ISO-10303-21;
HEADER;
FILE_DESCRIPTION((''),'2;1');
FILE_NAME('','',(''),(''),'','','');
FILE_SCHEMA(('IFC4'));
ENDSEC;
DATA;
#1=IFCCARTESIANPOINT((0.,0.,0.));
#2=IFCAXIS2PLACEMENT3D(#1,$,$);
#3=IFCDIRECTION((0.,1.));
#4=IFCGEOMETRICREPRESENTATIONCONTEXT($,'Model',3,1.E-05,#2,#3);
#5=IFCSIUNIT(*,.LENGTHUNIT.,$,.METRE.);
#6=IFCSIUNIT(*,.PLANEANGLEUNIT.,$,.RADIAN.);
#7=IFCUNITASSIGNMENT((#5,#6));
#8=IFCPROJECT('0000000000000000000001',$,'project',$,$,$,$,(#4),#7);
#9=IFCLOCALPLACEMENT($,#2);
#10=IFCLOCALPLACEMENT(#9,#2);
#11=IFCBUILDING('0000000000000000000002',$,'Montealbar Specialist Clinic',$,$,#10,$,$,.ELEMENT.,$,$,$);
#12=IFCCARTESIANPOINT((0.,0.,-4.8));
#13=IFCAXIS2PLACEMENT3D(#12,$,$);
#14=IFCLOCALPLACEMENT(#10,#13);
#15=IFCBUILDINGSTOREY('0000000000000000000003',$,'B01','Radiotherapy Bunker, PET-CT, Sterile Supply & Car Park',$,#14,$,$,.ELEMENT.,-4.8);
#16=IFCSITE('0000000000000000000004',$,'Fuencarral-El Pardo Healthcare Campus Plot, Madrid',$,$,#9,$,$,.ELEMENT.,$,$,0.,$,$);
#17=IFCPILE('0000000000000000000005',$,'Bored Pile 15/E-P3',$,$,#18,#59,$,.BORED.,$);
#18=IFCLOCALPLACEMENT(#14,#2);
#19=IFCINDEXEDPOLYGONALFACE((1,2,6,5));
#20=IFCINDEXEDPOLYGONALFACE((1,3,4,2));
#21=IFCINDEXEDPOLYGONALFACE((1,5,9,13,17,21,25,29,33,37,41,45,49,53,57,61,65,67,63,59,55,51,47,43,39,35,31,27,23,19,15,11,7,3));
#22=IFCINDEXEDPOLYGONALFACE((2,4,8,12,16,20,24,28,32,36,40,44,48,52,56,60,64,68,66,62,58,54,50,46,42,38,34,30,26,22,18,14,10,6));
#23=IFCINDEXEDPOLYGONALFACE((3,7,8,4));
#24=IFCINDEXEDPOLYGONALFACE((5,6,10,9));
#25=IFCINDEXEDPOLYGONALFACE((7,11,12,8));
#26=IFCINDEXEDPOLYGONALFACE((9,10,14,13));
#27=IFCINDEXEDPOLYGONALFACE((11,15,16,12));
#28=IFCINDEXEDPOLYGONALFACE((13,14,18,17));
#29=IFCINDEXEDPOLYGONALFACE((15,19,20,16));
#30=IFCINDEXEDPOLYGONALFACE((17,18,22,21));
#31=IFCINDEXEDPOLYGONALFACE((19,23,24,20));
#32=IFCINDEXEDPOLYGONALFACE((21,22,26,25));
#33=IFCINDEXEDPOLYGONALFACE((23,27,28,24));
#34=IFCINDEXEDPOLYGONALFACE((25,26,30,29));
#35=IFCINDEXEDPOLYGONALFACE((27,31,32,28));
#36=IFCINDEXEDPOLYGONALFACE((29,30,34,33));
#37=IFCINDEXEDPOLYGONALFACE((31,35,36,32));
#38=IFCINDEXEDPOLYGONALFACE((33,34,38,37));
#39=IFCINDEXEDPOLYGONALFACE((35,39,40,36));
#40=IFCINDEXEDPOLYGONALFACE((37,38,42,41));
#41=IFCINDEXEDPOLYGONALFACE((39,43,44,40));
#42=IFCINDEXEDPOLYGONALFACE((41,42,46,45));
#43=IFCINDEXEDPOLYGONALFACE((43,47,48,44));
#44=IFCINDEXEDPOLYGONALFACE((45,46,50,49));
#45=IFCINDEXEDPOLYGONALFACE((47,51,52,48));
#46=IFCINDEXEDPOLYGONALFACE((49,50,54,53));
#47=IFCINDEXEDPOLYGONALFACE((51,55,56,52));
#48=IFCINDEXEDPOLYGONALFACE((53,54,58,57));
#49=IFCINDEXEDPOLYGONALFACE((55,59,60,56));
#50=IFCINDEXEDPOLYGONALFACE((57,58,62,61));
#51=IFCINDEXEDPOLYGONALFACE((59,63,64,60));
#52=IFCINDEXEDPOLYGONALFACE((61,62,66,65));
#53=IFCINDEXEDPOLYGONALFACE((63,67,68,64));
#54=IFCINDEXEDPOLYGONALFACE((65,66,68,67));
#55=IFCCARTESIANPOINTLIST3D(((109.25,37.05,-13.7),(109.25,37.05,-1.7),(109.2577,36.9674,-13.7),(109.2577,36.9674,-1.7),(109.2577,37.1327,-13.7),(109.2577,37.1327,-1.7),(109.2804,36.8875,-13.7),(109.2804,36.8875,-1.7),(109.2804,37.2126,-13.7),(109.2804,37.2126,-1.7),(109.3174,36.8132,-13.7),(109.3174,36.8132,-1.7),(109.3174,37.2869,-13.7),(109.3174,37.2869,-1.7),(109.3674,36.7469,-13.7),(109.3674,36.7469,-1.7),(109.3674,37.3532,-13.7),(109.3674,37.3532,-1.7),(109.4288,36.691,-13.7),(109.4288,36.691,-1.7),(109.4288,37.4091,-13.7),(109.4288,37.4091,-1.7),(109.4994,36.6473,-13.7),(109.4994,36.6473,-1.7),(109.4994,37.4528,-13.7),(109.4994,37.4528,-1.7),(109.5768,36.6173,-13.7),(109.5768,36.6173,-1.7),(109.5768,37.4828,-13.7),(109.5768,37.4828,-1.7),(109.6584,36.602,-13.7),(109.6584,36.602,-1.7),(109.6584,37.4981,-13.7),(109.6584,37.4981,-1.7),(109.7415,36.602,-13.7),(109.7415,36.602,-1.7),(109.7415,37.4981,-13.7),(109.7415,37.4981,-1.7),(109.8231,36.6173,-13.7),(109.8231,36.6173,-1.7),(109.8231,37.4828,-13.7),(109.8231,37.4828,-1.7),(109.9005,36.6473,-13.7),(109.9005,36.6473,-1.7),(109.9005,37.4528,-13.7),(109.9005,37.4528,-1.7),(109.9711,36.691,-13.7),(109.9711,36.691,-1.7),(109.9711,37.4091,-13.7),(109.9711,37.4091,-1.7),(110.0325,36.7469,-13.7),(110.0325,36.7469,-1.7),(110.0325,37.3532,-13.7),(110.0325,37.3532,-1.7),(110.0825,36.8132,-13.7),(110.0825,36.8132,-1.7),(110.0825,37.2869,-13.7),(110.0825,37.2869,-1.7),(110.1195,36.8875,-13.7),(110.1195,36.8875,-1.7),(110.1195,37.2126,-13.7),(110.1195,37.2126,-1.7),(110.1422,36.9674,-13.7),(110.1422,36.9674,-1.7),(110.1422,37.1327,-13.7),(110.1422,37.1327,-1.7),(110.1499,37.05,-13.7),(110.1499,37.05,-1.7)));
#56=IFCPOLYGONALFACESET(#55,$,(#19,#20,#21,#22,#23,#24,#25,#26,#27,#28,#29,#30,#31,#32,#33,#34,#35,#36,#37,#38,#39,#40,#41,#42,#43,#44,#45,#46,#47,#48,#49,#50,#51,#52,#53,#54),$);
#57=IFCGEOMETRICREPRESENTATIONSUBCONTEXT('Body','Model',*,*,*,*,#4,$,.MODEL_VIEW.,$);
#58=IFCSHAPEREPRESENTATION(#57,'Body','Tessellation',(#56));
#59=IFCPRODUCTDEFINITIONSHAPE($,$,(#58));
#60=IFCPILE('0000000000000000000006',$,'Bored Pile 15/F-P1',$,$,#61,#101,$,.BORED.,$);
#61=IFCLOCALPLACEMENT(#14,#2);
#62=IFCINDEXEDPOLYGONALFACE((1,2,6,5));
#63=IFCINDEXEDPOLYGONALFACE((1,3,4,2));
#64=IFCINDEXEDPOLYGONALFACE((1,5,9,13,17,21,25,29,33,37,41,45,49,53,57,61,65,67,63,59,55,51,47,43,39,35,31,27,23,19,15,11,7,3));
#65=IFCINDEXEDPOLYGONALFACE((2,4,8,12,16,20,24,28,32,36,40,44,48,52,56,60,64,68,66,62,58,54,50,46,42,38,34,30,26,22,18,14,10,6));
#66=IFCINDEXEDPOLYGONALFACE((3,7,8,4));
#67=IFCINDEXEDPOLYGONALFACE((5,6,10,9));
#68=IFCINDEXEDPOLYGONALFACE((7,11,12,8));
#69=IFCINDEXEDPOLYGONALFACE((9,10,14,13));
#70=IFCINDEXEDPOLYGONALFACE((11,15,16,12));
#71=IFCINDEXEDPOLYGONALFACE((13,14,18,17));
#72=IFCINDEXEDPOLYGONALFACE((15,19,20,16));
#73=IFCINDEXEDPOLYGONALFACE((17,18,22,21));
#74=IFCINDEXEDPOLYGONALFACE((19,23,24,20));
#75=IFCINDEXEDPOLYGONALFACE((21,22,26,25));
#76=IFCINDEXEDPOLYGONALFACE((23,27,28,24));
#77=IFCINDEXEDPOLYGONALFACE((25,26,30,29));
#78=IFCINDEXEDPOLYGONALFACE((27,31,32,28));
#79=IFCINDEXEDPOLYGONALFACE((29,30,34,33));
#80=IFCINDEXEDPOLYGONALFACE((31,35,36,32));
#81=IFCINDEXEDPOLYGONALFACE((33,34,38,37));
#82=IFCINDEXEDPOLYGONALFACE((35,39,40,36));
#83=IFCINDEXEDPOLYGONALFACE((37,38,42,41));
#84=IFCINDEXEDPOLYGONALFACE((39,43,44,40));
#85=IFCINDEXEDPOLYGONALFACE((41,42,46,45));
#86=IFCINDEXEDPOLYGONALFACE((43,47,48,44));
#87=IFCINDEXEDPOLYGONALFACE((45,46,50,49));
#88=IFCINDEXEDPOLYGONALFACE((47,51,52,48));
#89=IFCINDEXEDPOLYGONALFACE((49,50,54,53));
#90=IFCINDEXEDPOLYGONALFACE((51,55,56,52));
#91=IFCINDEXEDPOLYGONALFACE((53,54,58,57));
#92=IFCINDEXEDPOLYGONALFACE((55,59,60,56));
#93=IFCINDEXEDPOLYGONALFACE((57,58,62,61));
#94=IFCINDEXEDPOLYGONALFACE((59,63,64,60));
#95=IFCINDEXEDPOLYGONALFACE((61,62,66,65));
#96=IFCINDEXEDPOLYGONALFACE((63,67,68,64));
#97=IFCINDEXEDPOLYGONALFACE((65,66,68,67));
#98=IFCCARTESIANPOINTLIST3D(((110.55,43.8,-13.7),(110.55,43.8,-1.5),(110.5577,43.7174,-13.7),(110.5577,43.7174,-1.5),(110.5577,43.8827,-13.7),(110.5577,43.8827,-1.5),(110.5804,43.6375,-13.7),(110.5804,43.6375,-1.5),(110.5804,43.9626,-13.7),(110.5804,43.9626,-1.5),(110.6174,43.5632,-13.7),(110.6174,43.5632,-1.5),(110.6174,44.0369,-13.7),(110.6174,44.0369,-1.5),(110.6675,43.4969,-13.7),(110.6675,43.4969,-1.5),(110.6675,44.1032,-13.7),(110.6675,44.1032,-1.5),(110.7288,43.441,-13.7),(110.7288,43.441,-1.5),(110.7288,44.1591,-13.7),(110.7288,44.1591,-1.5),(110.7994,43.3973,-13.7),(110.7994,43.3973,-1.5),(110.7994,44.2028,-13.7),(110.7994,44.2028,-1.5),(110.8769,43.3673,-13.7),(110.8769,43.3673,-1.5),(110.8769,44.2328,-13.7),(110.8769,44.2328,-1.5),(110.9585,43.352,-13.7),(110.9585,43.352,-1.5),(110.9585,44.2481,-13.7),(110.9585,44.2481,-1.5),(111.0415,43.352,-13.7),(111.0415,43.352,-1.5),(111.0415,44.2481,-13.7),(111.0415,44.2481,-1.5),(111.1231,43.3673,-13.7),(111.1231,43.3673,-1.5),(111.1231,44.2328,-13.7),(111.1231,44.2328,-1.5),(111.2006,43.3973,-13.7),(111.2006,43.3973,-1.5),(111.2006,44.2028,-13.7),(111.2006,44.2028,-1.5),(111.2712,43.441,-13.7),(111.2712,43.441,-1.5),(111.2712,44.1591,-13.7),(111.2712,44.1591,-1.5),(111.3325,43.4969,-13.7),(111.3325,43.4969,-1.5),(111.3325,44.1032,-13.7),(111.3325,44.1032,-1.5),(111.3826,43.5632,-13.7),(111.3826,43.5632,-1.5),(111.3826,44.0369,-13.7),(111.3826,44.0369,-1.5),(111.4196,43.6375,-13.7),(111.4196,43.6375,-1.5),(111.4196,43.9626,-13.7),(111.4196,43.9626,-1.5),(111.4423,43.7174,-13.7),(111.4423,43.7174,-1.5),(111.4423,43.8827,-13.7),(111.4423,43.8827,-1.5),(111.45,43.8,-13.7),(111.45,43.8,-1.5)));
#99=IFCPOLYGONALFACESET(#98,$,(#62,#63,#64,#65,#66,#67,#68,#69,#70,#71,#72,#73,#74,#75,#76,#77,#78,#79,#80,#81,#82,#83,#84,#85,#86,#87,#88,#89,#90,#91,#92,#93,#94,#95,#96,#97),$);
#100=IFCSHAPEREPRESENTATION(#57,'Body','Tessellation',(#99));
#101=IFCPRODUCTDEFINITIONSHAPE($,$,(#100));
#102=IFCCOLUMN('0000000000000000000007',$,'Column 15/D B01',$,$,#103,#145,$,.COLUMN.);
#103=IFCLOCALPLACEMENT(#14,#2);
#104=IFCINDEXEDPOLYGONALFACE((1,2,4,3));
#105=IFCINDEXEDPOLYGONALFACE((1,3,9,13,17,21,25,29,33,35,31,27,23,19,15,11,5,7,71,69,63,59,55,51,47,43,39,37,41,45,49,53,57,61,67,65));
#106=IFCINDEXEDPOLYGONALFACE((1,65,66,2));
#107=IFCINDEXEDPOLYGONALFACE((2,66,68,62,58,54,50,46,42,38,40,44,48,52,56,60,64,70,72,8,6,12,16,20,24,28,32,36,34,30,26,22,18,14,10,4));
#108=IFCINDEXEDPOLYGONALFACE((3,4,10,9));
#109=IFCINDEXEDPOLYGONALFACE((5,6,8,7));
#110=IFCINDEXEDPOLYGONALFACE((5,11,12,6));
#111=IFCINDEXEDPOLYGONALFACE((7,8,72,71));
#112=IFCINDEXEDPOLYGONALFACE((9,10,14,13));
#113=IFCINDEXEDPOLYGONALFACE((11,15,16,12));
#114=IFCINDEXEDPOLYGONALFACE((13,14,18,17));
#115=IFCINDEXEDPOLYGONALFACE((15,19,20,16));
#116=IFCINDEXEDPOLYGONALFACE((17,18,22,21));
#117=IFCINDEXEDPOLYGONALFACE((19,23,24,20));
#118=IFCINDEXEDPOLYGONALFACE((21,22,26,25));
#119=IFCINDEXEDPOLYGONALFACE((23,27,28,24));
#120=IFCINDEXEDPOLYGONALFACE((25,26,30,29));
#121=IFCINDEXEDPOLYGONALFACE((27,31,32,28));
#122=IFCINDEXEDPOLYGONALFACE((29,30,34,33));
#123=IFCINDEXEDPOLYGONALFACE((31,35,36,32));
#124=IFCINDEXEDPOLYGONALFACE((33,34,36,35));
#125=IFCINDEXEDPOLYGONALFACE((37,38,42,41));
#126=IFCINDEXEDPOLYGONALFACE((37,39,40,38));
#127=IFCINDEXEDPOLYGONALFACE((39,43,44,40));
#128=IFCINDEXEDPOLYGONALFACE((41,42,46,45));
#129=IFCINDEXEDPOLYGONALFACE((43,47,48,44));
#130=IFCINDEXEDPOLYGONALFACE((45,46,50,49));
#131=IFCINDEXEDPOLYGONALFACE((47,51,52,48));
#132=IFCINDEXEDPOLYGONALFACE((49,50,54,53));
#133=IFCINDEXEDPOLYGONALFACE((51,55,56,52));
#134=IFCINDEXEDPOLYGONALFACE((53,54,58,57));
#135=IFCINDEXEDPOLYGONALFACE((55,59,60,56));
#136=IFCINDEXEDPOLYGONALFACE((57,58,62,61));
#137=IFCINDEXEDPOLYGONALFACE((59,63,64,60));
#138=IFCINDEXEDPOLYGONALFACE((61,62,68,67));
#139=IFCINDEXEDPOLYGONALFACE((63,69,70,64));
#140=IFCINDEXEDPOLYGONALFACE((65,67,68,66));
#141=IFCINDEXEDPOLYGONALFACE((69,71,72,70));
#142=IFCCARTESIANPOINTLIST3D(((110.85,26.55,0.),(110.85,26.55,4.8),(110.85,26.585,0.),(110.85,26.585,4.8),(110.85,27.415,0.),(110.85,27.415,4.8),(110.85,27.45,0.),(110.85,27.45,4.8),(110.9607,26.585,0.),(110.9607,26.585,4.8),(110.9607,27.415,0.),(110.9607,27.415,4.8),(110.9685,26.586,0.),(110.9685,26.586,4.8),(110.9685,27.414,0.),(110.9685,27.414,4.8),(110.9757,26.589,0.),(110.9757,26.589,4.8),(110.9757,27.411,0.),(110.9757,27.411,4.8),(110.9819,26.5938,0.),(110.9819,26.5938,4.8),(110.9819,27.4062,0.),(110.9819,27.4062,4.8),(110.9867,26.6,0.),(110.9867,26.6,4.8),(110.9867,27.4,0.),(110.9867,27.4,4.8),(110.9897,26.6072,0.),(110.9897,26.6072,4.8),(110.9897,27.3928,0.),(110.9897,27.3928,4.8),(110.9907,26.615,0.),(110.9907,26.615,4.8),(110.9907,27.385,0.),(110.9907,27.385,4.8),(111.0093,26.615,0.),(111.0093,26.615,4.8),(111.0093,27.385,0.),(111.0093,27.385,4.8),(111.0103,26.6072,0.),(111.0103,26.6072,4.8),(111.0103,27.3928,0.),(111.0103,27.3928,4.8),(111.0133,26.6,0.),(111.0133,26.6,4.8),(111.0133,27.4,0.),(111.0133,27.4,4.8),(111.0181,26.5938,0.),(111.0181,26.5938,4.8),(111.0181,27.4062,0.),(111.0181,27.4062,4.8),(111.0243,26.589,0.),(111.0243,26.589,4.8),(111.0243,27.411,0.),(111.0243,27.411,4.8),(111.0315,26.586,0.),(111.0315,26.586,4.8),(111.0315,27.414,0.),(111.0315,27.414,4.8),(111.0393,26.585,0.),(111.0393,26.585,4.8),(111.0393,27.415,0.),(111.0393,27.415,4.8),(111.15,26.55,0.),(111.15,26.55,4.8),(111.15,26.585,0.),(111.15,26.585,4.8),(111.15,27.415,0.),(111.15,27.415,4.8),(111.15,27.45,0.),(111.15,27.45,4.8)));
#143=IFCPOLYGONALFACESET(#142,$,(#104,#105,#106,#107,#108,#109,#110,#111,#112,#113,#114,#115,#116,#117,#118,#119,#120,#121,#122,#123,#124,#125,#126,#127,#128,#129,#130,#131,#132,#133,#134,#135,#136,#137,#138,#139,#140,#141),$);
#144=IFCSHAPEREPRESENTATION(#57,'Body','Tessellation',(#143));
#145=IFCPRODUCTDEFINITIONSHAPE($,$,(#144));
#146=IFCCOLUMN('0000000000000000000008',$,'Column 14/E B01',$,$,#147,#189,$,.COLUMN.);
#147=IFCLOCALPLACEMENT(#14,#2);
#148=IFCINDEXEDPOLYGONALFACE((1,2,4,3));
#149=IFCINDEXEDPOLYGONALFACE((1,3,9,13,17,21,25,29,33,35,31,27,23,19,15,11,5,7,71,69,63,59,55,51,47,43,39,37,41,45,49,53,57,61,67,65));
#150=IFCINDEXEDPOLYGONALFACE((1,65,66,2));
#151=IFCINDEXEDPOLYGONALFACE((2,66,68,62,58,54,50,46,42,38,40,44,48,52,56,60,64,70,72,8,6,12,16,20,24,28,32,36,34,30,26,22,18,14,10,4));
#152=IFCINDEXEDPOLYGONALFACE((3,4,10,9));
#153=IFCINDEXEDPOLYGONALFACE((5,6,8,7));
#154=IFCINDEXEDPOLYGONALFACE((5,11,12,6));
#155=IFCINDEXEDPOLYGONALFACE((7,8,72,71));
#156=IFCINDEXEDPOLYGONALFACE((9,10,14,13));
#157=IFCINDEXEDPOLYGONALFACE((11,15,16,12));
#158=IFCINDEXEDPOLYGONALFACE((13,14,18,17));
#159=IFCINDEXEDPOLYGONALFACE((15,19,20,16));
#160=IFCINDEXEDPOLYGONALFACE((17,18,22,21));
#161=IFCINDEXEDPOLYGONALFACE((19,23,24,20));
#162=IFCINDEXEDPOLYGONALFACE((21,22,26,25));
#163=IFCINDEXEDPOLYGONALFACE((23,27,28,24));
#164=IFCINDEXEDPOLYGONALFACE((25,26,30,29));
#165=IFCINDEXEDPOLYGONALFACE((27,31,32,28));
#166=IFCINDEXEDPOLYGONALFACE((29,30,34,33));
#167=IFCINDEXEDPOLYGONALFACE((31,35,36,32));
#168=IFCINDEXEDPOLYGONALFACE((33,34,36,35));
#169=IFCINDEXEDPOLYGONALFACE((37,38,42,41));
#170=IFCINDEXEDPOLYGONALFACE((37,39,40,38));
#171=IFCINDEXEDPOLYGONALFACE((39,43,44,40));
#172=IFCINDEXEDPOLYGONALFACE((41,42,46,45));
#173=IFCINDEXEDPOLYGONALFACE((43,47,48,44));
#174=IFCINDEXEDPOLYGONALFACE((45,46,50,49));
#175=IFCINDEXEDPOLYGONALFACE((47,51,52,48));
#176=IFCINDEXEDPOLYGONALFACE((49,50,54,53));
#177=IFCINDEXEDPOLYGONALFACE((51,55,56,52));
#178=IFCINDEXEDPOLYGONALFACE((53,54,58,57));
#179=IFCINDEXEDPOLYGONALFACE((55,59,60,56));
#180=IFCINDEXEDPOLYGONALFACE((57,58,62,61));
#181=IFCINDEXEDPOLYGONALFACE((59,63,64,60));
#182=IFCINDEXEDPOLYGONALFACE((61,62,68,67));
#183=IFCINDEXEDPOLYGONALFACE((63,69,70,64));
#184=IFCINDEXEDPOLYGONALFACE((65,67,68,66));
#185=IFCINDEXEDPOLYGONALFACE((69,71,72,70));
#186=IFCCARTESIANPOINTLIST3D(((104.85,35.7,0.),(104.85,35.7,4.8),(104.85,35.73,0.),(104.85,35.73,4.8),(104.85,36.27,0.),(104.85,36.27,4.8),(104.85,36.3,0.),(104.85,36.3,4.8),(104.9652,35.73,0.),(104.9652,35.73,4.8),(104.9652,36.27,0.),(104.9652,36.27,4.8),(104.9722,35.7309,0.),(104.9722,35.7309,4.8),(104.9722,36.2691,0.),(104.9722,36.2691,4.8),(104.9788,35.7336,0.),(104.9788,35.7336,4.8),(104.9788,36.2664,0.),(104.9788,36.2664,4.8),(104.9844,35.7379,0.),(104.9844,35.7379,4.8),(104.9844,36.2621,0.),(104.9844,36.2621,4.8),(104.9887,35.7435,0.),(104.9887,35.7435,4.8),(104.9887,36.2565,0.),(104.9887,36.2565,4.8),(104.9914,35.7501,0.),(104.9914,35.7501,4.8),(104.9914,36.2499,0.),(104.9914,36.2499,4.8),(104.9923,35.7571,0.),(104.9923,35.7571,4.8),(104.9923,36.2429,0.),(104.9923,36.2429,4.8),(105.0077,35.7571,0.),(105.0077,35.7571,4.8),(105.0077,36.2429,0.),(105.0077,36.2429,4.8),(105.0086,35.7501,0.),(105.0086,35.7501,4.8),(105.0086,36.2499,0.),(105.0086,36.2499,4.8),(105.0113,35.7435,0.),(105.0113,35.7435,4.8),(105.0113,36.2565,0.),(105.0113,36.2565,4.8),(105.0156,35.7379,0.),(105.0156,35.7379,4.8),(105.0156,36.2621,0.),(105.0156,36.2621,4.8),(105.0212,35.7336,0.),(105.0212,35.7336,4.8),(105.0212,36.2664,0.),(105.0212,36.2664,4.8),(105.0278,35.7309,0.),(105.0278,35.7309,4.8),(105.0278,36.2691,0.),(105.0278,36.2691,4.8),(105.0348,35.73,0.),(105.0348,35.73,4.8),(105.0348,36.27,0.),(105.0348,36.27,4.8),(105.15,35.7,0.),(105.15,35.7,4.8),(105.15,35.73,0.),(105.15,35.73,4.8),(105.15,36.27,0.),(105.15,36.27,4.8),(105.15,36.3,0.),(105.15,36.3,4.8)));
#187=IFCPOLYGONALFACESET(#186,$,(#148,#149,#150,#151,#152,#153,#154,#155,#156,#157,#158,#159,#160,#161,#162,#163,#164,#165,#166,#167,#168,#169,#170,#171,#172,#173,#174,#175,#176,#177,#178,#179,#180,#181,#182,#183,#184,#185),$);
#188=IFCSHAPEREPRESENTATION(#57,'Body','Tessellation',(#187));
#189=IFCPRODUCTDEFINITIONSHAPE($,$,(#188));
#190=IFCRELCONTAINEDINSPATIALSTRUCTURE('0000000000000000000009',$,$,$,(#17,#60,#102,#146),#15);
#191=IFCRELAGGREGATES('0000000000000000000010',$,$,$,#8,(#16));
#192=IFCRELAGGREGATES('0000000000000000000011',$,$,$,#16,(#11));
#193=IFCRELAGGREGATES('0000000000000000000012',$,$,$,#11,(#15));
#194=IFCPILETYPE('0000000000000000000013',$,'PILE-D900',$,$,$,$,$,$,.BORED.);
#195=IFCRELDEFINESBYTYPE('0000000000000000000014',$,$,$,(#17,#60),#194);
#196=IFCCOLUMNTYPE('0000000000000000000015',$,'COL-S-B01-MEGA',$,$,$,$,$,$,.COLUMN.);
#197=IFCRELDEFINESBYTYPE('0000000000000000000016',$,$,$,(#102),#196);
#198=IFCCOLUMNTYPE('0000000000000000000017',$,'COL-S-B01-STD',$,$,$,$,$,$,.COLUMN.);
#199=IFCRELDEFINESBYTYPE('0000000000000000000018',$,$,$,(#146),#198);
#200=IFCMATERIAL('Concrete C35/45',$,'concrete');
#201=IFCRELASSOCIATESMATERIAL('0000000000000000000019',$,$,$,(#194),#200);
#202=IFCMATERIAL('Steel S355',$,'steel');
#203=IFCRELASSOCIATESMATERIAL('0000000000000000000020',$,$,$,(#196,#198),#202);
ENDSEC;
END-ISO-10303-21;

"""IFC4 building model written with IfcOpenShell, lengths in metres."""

from ifc_helpers import new_model, si_unit, direction, frame, origin, origin_2d, place, context, subcontext, project, spatial, circle, i_section, extrude, material, material_profile, profile_set, type_object, element, save


model = new_model("IFC4")

# Units and contexts
model_context = context("Model", 3, precision=1e-05, world=origin(), true_north=direction((0.0, 1.0)))
body_context = subcontext(model_context, "Body", "Model", "MODEL_VIEW")
ifc_project = project(units=[si_unit("LENGTHUNIT", "METRE"), si_unit("PLANEANGLEUNIT", "RADIAN")], contexts=[model_context])

# Site, building, storey
site_placement = place(None, origin())
site = spatial("IfcSite", under=ifc_project, at=site_placement, Name="Fuencarral-El Pardo Healthcare Campus Plot, Madrid", CompositionType="ELEMENT", RefElevation=0.0)
building_placement = place(site_placement, origin())
building = spatial("IfcBuilding", under=site, at=building_placement, Name="Montealbar Specialist Clinic", CompositionType="ELEMENT")
storey_placement = place(building_placement, frame((0.0, 0.0, -4.8)))
storey = spatial("IfcBuildingStorey", under=building, at=storey_placement, Name="B01", Description="Radiotherapy Bunker, PET-CT, Sterile Supply & Car Park", CompositionType="ELEMENT", Elevation=-4.8)

# Shared definitions
ifc_material_1 = material(Name="Concrete C35/45", Category="concrete")

# Piles
ifc_material_profile_1 = material_profile(ifc_material_1, circle(Radius=0.45, at=origin_2d()), Name="PILE D900", Category="concrete")
ifc_profile_set_1 = profile_set([ifc_material_profile_1], Name="Concrete C35/45")
pile_type = type_object("IfcPileType", Name="PILE-D900", PredefinedType="BORED", material=ifc_profile_set_1)
for number, where, z_axis, x_axis, name in (
    (1, (109.7, 37.05, -1.7), (0.0, 0.0, -1.0), (1.0, 0.0, 0.0), "Bored Pile 15/E-P3"),
):
    element("IfcPile", number, at=place(storey_placement, frame(where, z_axis=z_axis, x_axis=x_axis)), inside=storey, type_object=pile_type, Name=name, PredefinedType="BORED", context=body_context, shape_type="SweptSolid", body=[
        extrude(circle(Radius=0.45, at=origin_2d()), origin(), (0.0, 0.0, 1.0), 12.0),
    ])
pile_1_placement = place(storey_placement, frame((111.0, 43.8, -1.5), z_axis=(0.0, 0.0, -1.0), x_axis=(1.0, 0.0, 0.0)))
element("IfcPile", 2, at=pile_1_placement, inside=storey, type_object=pile_type, Name="Bored Pile 15/F-P1", PredefinedType="BORED", context=body_context, shape_type="SweptSolid", body=[
    extrude(circle(Radius=0.45, at=origin_2d()), origin(), (0.0, 0.0, 1.0), 12.2),
])

# Columns
ifc_material_2 = material(Name="Steel S355", Category="steel")
ifc_material_profile_2 = material_profile(ifc_material_2, i_section(OverallWidth=0.3, OverallDepth=0.8999, WebThickness=0.0186, FlangeThickness=0.0349, FilletRadius=0.03, at=origin_2d()), Name="HEB 900", Category="steel")
ifc_profile_set_2 = profile_set([ifc_material_profile_2], Name="Steel S355")
column_type_1 = type_object("IfcColumnType", Name="COL-S-B01-MEGA", PredefinedType="COLUMN", material=ifc_profile_set_2)
column_placement = place(storey_placement, frame((111.0, 27.0, 0.0), z_axis=(0.0, 0.0, 1.0), x_axis=(1.0, 0.0, 0.0)))
element("IfcColumn", 3, at=column_placement, inside=storey, type_object=column_type_1, Name="Column 15/D B01", PredefinedType="COLUMN", context=body_context, shape_type="SweptSolid", body=[
    extrude(i_section(OverallWidth=0.3, OverallDepth=0.8999, WebThickness=0.0186, FlangeThickness=0.0349, FilletRadius=0.03, at=origin_2d()), origin(), (0.0, 0.0, 1.0), 4.8),
])
ifc_material_profile_3 = material_profile(ifc_material_2, i_section(OverallWidth=0.3, OverallDepth=0.6001, WebThickness=0.0154, FlangeThickness=0.03, FilletRadius=0.0271, at=origin_2d()), Name="HEB 600", Category="steel")
ifc_profile_set_3 = profile_set([ifc_material_profile_3], Name="Steel S355")
column_type_2 = type_object("IfcColumnType", Name="COL-S-B01-STD", PredefinedType="COLUMN", material=ifc_profile_set_3)
for number, where, z_axis, x_axis, name in (
    (4, (105.0, 36.0, 0.0), (0.0, 0.0, 1.0), (1.0, 0.0, 0.0), "Column 14/E B01"),
):
    element("IfcColumn", number, at=place(storey_placement, frame(where, z_axis=z_axis, x_axis=x_axis)), inside=storey, type_object=column_type_2, Name=name, PredefinedType="COLUMN", context=body_context, shape_type="SweptSolid", body=[
        extrude(i_section(OverallWidth=0.3, OverallDepth=0.6001, WebThickness=0.0154, FlangeThickness=0.03, FilletRadius=0.0271, at=origin_2d()), origin(), (0.0, 0.0, 1.0), 4.8),
    ])

save(model, "model.ifc")
